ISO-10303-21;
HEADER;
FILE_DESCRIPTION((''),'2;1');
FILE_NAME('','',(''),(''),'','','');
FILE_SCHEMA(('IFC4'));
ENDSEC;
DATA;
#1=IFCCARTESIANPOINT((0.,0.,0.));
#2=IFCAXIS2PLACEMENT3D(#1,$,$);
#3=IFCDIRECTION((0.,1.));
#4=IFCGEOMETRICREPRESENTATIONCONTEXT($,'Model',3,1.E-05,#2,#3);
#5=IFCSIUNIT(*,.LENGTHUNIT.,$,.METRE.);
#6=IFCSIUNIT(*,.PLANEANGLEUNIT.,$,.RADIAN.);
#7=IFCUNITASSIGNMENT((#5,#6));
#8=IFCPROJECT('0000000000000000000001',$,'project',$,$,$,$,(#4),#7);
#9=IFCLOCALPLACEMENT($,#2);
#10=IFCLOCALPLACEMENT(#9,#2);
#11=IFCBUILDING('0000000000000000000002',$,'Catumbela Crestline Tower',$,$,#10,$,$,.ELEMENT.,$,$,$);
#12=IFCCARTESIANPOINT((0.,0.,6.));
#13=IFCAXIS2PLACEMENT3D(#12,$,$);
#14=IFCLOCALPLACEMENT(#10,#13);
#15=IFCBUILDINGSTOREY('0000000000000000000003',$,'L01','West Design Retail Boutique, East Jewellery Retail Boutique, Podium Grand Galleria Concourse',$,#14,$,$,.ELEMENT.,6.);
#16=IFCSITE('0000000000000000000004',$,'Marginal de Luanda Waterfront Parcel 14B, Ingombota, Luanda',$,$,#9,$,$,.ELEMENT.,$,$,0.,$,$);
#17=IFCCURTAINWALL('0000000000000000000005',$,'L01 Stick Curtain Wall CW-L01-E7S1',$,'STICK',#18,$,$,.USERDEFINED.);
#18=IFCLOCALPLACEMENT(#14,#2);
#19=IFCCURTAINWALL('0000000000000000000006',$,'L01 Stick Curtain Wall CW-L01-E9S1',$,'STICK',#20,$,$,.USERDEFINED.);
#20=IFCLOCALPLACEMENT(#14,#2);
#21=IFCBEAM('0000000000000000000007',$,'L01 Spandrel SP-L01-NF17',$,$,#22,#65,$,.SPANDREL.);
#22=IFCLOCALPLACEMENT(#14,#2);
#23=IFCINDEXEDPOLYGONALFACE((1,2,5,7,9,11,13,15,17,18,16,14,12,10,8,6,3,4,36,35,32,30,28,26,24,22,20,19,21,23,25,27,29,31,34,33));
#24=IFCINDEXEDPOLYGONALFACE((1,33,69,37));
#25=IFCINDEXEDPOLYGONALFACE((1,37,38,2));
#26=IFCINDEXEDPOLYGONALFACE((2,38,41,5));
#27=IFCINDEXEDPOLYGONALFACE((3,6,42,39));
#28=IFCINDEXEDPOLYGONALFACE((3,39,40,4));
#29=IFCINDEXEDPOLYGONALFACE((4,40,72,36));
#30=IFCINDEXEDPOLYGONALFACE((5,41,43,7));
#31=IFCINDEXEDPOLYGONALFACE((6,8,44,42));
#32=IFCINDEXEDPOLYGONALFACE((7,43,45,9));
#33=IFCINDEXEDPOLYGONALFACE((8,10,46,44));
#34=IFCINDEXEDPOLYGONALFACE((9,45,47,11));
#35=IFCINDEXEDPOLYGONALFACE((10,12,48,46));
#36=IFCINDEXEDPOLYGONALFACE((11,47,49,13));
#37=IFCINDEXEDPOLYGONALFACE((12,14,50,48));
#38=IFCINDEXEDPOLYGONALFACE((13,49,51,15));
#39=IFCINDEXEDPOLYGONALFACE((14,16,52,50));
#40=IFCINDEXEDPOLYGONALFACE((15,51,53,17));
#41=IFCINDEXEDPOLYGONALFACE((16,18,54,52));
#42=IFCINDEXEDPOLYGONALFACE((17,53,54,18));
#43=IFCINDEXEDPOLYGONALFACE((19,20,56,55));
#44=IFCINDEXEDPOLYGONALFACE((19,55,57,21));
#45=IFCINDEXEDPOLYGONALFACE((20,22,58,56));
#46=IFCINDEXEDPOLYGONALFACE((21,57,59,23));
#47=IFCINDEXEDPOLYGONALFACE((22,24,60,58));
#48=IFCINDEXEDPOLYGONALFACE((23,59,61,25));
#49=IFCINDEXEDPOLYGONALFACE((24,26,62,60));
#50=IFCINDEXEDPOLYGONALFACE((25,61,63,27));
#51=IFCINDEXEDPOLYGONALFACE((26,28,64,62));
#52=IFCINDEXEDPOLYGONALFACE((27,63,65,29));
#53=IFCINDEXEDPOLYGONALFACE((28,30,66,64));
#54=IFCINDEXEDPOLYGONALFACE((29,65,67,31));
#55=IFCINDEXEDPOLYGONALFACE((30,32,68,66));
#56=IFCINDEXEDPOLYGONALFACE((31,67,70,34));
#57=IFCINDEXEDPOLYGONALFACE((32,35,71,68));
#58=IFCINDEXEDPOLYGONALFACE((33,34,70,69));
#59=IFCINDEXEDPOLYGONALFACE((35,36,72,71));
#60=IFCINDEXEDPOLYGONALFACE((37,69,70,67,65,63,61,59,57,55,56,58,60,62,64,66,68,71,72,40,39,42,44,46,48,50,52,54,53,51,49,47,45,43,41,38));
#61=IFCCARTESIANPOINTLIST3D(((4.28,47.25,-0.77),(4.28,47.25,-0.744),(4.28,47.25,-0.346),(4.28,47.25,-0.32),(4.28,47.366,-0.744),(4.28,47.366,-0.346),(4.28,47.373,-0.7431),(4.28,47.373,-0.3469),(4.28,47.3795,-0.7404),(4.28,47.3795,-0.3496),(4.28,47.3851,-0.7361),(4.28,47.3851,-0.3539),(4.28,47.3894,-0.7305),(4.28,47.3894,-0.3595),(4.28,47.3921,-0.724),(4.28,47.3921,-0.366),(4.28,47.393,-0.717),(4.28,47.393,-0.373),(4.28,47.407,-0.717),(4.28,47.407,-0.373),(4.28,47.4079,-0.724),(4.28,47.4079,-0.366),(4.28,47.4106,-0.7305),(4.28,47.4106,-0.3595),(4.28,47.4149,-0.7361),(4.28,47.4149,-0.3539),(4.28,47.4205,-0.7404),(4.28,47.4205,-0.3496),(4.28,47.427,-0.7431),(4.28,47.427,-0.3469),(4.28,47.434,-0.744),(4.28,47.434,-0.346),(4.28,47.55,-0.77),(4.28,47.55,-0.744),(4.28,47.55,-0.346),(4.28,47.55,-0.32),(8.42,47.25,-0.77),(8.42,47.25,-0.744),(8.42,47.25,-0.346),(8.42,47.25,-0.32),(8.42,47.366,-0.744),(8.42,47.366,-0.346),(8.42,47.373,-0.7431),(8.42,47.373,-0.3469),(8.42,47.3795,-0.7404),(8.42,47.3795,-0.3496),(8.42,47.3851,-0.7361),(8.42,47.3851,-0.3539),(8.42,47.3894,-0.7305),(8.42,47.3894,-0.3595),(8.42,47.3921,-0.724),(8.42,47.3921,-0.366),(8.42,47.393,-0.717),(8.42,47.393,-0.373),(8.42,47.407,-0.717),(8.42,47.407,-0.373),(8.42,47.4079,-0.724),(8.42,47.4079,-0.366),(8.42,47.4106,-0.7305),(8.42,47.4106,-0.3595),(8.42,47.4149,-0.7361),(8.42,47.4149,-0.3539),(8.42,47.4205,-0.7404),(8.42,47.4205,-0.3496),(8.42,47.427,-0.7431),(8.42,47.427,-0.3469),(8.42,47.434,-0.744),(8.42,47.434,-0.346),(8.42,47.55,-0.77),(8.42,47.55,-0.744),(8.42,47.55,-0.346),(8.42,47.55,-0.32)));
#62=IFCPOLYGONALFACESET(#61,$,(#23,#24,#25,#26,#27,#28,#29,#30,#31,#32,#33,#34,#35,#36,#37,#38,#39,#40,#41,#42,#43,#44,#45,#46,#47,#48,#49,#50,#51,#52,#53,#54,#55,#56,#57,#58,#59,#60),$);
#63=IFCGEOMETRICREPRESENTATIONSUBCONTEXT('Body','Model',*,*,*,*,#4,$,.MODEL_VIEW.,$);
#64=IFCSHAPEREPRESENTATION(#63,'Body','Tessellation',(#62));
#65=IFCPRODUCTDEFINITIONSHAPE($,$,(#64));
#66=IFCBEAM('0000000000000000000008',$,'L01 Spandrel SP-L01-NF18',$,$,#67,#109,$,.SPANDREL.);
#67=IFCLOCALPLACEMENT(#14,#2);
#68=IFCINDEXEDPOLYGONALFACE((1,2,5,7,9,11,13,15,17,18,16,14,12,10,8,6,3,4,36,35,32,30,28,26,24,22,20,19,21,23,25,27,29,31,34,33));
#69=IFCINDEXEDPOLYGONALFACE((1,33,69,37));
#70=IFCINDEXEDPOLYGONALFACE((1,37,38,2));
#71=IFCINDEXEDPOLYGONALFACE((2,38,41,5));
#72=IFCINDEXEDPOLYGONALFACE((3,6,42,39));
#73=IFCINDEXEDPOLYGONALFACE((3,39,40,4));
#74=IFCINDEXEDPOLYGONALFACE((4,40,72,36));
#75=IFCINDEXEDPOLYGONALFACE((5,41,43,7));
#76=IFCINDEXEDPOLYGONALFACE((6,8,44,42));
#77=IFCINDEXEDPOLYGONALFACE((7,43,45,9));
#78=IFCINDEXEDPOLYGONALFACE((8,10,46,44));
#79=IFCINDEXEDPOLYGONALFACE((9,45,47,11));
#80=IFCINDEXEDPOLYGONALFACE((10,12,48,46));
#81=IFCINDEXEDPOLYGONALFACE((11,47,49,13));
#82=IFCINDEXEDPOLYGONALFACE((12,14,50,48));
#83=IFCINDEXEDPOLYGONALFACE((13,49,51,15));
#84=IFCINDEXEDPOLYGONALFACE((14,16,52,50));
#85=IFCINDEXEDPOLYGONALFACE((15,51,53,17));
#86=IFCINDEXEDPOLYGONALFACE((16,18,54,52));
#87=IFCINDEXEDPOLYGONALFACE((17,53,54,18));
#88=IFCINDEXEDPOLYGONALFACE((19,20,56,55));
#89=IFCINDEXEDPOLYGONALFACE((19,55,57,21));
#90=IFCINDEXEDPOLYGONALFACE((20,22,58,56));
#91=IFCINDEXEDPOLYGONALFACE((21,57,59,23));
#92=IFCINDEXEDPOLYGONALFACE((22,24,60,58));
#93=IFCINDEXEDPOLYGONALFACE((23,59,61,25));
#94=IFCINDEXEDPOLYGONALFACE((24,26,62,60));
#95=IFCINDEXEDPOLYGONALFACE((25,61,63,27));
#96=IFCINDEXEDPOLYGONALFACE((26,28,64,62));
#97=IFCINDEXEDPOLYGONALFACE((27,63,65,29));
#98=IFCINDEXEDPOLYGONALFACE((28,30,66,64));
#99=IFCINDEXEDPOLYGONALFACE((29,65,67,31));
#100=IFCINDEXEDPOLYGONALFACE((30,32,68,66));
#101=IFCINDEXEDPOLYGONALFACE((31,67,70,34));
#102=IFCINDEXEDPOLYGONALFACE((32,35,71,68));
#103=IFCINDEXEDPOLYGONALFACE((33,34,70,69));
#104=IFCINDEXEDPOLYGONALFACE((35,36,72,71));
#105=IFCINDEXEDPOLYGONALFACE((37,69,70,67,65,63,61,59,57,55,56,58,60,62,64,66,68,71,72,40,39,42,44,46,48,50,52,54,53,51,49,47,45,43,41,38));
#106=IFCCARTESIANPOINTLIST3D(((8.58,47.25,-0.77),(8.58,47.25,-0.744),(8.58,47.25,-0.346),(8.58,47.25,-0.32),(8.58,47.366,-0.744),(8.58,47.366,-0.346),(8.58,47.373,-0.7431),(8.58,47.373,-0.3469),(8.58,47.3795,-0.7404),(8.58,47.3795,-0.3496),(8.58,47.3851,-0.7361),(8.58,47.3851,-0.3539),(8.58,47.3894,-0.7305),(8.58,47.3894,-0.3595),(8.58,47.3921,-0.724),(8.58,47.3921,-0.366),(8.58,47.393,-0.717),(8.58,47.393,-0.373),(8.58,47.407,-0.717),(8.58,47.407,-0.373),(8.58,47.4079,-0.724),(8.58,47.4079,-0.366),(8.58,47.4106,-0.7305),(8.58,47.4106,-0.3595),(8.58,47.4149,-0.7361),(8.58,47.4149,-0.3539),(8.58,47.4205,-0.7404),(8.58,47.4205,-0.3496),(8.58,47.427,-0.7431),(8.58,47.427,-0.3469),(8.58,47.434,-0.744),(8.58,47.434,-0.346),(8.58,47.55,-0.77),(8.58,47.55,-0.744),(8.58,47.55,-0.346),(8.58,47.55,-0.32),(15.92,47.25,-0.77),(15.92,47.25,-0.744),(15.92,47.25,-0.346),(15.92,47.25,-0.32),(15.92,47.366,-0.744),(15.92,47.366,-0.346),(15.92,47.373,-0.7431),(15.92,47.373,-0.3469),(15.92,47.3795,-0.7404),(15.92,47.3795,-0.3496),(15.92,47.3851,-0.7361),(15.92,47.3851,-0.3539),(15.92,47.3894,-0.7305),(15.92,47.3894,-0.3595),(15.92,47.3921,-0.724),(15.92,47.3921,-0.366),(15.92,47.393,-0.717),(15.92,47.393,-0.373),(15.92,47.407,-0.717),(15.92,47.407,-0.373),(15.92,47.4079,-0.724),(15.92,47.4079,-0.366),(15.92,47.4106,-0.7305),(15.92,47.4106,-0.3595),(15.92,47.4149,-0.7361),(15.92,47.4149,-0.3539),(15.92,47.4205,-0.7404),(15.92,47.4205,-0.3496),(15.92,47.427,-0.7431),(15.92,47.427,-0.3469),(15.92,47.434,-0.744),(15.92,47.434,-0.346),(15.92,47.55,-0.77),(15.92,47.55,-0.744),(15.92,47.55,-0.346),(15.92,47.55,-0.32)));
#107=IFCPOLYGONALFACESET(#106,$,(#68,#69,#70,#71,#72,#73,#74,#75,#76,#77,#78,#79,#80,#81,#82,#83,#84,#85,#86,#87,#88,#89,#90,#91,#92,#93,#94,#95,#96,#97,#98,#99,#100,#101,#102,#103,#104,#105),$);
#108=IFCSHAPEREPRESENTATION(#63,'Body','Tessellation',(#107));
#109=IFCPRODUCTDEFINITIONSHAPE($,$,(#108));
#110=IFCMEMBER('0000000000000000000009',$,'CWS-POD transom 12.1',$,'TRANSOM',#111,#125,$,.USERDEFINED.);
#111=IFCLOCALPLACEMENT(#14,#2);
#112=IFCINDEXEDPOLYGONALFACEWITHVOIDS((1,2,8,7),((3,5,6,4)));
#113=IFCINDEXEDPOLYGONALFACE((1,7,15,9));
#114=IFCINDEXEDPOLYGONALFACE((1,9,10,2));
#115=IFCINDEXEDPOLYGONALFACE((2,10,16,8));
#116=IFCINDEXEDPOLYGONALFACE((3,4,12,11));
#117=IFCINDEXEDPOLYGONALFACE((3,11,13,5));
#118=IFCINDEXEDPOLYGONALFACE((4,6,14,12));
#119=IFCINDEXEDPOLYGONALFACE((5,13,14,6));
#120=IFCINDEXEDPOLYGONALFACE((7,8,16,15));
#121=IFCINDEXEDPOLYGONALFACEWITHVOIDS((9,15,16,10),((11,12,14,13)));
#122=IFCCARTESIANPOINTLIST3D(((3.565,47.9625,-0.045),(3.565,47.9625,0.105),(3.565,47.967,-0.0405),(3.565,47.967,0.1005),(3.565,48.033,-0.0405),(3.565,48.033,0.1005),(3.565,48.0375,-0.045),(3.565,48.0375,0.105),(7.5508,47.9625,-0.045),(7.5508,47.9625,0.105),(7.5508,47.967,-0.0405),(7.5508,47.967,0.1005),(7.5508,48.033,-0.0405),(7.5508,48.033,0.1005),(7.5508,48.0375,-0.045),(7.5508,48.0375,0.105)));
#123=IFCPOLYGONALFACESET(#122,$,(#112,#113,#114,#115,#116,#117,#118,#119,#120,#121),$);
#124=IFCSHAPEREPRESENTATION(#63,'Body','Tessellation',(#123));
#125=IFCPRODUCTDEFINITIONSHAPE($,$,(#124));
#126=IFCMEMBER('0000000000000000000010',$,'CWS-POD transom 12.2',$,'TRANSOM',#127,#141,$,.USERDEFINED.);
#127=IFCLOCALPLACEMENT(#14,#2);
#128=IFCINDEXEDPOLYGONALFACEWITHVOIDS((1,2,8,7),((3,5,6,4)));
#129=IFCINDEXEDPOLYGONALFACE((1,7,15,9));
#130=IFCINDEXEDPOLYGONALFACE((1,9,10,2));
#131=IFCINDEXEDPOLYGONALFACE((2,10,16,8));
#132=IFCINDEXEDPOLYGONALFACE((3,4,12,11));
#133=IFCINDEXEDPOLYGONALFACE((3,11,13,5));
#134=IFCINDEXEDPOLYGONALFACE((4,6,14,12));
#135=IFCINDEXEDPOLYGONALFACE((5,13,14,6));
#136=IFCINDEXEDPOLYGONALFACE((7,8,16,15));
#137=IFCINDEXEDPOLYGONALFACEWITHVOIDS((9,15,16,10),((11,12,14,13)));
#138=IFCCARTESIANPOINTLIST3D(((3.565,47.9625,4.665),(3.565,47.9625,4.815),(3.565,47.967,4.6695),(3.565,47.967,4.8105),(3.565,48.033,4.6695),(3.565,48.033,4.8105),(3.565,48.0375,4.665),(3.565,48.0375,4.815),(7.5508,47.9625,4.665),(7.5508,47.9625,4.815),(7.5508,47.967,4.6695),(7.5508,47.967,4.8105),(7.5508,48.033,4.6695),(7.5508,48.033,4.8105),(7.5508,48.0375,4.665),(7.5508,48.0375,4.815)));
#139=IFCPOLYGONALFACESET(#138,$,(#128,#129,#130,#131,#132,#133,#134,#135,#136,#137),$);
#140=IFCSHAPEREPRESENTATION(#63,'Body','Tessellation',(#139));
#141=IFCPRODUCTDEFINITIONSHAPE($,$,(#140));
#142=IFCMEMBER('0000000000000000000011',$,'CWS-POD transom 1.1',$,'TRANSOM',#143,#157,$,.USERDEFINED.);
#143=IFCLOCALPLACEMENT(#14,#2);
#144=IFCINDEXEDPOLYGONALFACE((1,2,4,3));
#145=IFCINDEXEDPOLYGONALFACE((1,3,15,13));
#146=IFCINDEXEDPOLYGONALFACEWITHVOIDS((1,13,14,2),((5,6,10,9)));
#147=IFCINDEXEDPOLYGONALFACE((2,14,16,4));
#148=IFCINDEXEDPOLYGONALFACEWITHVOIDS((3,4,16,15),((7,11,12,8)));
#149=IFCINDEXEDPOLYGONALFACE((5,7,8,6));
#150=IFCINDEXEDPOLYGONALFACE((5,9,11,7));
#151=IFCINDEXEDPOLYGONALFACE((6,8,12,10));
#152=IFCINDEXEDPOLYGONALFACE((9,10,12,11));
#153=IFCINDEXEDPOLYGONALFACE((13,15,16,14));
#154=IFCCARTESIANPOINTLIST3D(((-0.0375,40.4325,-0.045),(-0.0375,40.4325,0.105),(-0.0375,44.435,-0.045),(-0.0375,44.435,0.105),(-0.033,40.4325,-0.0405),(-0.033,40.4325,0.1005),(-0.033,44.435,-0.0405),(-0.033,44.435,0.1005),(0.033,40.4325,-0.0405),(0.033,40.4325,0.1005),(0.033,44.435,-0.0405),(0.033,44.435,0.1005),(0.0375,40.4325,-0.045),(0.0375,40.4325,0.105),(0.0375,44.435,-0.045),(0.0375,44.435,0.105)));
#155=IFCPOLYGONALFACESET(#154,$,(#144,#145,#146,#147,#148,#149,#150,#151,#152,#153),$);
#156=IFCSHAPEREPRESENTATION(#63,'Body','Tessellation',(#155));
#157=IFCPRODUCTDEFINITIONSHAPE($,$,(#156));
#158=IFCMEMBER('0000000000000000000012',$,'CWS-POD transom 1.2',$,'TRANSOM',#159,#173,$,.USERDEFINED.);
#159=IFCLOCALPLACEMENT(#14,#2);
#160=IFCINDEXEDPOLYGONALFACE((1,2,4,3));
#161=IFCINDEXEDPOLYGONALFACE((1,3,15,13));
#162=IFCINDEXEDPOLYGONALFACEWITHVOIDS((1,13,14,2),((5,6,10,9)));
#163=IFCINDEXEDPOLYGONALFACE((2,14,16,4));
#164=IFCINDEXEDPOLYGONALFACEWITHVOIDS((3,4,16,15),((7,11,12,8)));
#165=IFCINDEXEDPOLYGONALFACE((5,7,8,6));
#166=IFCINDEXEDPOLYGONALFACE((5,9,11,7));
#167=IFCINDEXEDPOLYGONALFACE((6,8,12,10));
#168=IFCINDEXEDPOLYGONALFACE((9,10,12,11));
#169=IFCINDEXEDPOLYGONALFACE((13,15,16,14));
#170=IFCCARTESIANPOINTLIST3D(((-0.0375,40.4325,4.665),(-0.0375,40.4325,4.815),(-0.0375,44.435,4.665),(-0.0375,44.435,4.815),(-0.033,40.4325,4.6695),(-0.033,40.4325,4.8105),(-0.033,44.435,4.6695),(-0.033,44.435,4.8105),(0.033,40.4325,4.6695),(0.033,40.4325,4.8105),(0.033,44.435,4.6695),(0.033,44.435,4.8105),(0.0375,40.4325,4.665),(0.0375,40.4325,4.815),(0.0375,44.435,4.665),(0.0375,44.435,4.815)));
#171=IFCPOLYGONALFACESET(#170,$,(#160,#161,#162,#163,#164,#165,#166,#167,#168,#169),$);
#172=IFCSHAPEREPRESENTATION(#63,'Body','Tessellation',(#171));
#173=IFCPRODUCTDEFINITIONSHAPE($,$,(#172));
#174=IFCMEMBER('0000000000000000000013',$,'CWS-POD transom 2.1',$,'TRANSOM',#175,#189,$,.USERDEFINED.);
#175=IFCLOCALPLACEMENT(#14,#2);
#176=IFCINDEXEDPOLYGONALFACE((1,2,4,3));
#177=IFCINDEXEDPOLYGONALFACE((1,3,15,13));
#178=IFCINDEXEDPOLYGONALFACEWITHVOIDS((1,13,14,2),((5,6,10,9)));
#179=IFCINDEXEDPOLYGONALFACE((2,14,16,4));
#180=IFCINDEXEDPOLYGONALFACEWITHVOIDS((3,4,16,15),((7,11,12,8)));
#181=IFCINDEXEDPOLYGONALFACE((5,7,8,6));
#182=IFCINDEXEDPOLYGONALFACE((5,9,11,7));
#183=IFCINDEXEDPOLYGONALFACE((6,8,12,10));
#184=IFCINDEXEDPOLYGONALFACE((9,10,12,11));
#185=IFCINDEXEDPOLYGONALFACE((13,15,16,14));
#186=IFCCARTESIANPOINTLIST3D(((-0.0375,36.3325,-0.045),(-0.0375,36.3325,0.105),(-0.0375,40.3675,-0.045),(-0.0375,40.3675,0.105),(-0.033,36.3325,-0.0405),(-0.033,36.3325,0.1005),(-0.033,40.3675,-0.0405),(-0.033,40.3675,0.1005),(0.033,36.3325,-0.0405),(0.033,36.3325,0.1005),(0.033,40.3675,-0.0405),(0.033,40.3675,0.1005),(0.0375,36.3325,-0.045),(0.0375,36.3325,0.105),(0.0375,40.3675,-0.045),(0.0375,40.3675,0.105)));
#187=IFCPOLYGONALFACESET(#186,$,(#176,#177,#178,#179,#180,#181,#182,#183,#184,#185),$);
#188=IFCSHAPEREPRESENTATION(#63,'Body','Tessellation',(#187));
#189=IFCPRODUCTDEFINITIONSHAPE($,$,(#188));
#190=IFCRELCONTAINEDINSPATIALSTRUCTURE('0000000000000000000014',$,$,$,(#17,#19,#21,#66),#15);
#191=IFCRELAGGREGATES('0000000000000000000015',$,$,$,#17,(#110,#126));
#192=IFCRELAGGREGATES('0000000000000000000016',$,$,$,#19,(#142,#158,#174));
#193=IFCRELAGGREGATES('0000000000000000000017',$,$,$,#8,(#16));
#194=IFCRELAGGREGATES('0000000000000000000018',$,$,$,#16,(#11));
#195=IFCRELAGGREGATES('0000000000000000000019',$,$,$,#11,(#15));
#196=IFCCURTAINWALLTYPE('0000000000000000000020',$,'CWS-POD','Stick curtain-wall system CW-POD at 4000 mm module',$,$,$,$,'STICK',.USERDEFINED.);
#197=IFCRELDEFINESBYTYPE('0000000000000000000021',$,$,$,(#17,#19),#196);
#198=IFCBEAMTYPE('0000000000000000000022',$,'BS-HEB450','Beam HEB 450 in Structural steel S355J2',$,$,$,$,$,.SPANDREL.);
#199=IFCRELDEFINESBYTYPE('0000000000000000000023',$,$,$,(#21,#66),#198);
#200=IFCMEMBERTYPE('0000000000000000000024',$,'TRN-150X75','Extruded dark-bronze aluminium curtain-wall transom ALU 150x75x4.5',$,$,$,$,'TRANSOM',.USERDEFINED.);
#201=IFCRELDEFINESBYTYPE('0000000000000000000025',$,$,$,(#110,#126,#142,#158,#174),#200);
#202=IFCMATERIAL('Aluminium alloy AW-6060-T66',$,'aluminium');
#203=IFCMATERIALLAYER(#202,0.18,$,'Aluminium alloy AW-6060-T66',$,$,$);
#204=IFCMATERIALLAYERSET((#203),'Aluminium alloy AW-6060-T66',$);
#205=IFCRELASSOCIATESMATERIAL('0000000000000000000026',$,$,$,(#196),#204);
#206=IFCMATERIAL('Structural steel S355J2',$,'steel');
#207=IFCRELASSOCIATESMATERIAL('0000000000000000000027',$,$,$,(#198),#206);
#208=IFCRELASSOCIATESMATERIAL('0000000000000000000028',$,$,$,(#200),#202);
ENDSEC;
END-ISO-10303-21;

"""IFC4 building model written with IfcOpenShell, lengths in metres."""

from ifc_helpers import new_model, si_unit, direction, frame, origin, origin_2d, place, context, subcontext, project, spatial, hollow_rectangle, i_section, extrude, material, layer, layer_set, material_profile, profile_set, type_object, element, aggregate, save


model = new_model("IFC4")

# Units and contexts
model_context = context("Model", 3, precision=1e-05, world=origin(), true_north=direction((0.0, 1.0)))
body_context = subcontext(model_context, "Body", "Model", "MODEL_VIEW")
ifc_project = project(units=[si_unit("LENGTHUNIT", "METRE"), si_unit("PLANEANGLEUNIT", "RADIAN")], contexts=[model_context])

# Site, building, storey
site_placement = place(None, origin())
site = spatial("IfcSite", under=ifc_project, at=site_placement, Name="Marginal de Luanda Waterfront Parcel 14B, Ingombota, Luanda", CompositionType="ELEMENT", RefElevation=0.0)
building_placement = place(site_placement, origin())
building = spatial("IfcBuilding", under=site, at=building_placement, Name="Catumbela Crestline Tower", CompositionType="ELEMENT")
storey_placement = place(building_placement, frame((0.0, 0.0, 6.0)))
storey = spatial("IfcBuildingStorey", under=building, at=storey_placement, Name="L01", Description="West Design Retail Boutique, East Jewellery Retail Boutique, Podium Grand Galleria Concourse", CompositionType="ELEMENT", Elevation=6.0)

# Shared definitions
ifc_material_1 = material(Name="Structural steel S355J2", Category="steel")

# Curtain walls
ifc_material_2 = material(Name="Aluminium alloy AW-6060-T66", Category="aluminium")
ifc_layer_1 = layer(ifc_material_2, 0.18, Name="Aluminium alloy AW-6060-T66")
ifc_layer_set_1 = layer_set([ifc_layer_1], Name="Aluminium alloy AW-6060-T66")
curtain_wall_type = type_object("IfcCurtainWallType", Name="CWS-POD", Description="Stick curtain-wall system CW-POD at 4000 mm module", ElementType="STICK", PredefinedType="USERDEFINED", material=ifc_layer_set_1)
curtain_wall_1_placement = place(storey_placement, origin())
curtain_wall_1 = element("IfcCurtainWall", 1, at=curtain_wall_1_placement, inside=storey, type_object=curtain_wall_type, Name="L01 Stick Curtain Wall CW-L01-E7S1", ObjectType="STICK", PredefinedType="USERDEFINED")
curtain_wall_2_placement = place(storey_placement, origin())
curtain_wall_2 = element("IfcCurtainWall", 2, at=curtain_wall_2_placement, inside=storey, type_object=curtain_wall_type, Name="L01 Stick Curtain Wall CW-L01-E9S1", ObjectType="STICK", PredefinedType="USERDEFINED")

# Beams
ifc_material_profile_1 = material_profile(ifc_material_1, i_section(OverallWidth=0.3, OverallDepth=0.45, WebThickness=0.014, FlangeThickness=0.026, FilletRadius=0.027, at=origin_2d()), Name="HEB 450")
ifc_profile_set_1 = profile_set([ifc_material_profile_1], Name="Structural steel S355J2")
beam_type_1 = type_object("IfcBeamType", Name="BS-HEB450", Description="Beam HEB 450 in Structural steel S355J2", PredefinedType="SPANDREL", material=ifc_profile_set_1)
beam_1_placement = place(storey_placement, frame((4.28, 47.4, -0.545), z_axis=(1.0, 0.0, 0.0), x_axis=(0.0, 1.0, 0.0)))
element("IfcBeam", 3, at=beam_1_placement, inside=storey, type_object=beam_type_1, Name="L01 Spandrel SP-L01-NF17", PredefinedType="SPANDREL", context=body_context, shape_type="SweptSolid", body=[
    extrude(i_section(OverallWidth=0.3, OverallDepth=0.45, WebThickness=0.014, FlangeThickness=0.026, FilletRadius=0.027, at=origin_2d()), origin(), (0.0, 0.0, 1.0), 4.14),
])
beam_2_placement = place(storey_placement, frame((8.58, 47.4, -0.545), z_axis=(1.0, 0.0, 0.0), x_axis=(0.0, 1.0, 0.0)))
element("IfcBeam", 4, at=beam_2_placement, inside=storey, type_object=beam_type_1, Name="L01 Spandrel SP-L01-NF18", PredefinedType="SPANDREL", context=body_context, shape_type="SweptSolid", body=[
    extrude(i_section(OverallWidth=0.3, OverallDepth=0.45, WebThickness=0.014, FlangeThickness=0.026, FilletRadius=0.027, at=origin_2d()), origin(), (0.0, 0.0, 1.0), 7.34),
])

# Members
ifc_material_profile_2 = material_profile(ifc_material_2, hollow_rectangle(XDim=0.075, YDim=0.15, WallThickness=0.0045, at=origin_2d()), Name="ALU 150x75x4.5")
ifc_profile_set_2 = profile_set([ifc_material_profile_2], Name="Aluminium alloy AW-6060-T66")
member_type_1 = type_object("IfcMemberType", Name="TRN-150X75", Description="Extruded dark-bronze aluminium curtain-wall transom ALU 150x75x4.5", ElementType="TRANSOM", PredefinedType="USERDEFINED", material=ifc_profile_set_2)
member_1_placement = place(storey_placement, frame((7.5508, 48.0, 0.03), z_axis=(-1.0, 0.0, 0.0), x_axis=(0.0, -1.0, 0.0)))
member_1 = element("IfcMember", 5, at=member_1_placement, type_object=member_type_1, Name="CWS-POD transom 12.1", ObjectType="TRANSOM", PredefinedType="USERDEFINED", context=body_context, shape_type="SweptSolid", body=[
    extrude(hollow_rectangle(XDim=0.075, YDim=0.15, WallThickness=0.0045, at=origin_2d()), origin(), (0.0, 0.0, 1.0), 3.9858),
])
member_2_placement = place(storey_placement, frame((7.5508, 48.0, 4.74), z_axis=(-1.0, 0.0, 0.0), x_axis=(0.0, -1.0, 0.0)))
member_2 = element("IfcMember", 6, at=member_2_placement, type_object=member_type_1, Name="CWS-POD transom 12.2", ObjectType="TRANSOM", PredefinedType="USERDEFINED", context=body_context, shape_type="SweptSolid", body=[
    extrude(hollow_rectangle(XDim=0.075, YDim=0.15, WallThickness=0.0045, at=origin_2d()), origin(), (0.0, 0.0, 1.0), 3.9858),
])
member_3_placement = place(storey_placement, frame((0.0, 44.435, 0.03), z_axis=(0.0, -1.0, 0.0), x_axis=(1.0, 0.0, 0.0)))
member_3 = element("IfcMember", 7, at=member_3_placement, type_object=member_type_1, Name="CWS-POD transom 1.1", ObjectType="TRANSOM", PredefinedType="USERDEFINED", context=body_context, shape_type="SweptSolid", body=[
    extrude(hollow_rectangle(XDim=0.075, YDim=0.15, WallThickness=0.0045, at=origin_2d()), origin(), (0.0, 0.0, 1.0), 4.0025),
])
member_4_placement = place(storey_placement, frame((0.0, 44.435, 4.74), z_axis=(0.0, -1.0, 0.0), x_axis=(1.0, 0.0, 0.0)))
member_4 = element("IfcMember", 8, at=member_4_placement, type_object=member_type_1, Name="CWS-POD transom 1.2", ObjectType="TRANSOM", PredefinedType="USERDEFINED", context=body_context, shape_type="SweptSolid", body=[
    extrude(hollow_rectangle(XDim=0.075, YDim=0.15, WallThickness=0.0045, at=origin_2d()), origin(), (0.0, 0.0, 1.0), 4.0025),
])
member_5_placement = place(storey_placement, frame((0.0, 40.3675, 0.03), z_axis=(0.0, -1.0, 0.0), x_axis=(1.0, 0.0, 0.0)))
member_5 = element("IfcMember", 9, at=member_5_placement, type_object=member_type_1, Name="CWS-POD transom 2.1", ObjectType="TRANSOM", PredefinedType="USERDEFINED", context=body_context, shape_type="SweptSolid", body=[
    extrude(hollow_rectangle(XDim=0.075, YDim=0.15, WallThickness=0.0045, at=origin_2d()), origin(), (0.0, 0.0, 1.0), 4.035),
])

aggregate(curtain_wall_1, [member_1, member_2])
aggregate(curtain_wall_2, [member_3, member_4, member_5])

save(model, "model.ifc")
